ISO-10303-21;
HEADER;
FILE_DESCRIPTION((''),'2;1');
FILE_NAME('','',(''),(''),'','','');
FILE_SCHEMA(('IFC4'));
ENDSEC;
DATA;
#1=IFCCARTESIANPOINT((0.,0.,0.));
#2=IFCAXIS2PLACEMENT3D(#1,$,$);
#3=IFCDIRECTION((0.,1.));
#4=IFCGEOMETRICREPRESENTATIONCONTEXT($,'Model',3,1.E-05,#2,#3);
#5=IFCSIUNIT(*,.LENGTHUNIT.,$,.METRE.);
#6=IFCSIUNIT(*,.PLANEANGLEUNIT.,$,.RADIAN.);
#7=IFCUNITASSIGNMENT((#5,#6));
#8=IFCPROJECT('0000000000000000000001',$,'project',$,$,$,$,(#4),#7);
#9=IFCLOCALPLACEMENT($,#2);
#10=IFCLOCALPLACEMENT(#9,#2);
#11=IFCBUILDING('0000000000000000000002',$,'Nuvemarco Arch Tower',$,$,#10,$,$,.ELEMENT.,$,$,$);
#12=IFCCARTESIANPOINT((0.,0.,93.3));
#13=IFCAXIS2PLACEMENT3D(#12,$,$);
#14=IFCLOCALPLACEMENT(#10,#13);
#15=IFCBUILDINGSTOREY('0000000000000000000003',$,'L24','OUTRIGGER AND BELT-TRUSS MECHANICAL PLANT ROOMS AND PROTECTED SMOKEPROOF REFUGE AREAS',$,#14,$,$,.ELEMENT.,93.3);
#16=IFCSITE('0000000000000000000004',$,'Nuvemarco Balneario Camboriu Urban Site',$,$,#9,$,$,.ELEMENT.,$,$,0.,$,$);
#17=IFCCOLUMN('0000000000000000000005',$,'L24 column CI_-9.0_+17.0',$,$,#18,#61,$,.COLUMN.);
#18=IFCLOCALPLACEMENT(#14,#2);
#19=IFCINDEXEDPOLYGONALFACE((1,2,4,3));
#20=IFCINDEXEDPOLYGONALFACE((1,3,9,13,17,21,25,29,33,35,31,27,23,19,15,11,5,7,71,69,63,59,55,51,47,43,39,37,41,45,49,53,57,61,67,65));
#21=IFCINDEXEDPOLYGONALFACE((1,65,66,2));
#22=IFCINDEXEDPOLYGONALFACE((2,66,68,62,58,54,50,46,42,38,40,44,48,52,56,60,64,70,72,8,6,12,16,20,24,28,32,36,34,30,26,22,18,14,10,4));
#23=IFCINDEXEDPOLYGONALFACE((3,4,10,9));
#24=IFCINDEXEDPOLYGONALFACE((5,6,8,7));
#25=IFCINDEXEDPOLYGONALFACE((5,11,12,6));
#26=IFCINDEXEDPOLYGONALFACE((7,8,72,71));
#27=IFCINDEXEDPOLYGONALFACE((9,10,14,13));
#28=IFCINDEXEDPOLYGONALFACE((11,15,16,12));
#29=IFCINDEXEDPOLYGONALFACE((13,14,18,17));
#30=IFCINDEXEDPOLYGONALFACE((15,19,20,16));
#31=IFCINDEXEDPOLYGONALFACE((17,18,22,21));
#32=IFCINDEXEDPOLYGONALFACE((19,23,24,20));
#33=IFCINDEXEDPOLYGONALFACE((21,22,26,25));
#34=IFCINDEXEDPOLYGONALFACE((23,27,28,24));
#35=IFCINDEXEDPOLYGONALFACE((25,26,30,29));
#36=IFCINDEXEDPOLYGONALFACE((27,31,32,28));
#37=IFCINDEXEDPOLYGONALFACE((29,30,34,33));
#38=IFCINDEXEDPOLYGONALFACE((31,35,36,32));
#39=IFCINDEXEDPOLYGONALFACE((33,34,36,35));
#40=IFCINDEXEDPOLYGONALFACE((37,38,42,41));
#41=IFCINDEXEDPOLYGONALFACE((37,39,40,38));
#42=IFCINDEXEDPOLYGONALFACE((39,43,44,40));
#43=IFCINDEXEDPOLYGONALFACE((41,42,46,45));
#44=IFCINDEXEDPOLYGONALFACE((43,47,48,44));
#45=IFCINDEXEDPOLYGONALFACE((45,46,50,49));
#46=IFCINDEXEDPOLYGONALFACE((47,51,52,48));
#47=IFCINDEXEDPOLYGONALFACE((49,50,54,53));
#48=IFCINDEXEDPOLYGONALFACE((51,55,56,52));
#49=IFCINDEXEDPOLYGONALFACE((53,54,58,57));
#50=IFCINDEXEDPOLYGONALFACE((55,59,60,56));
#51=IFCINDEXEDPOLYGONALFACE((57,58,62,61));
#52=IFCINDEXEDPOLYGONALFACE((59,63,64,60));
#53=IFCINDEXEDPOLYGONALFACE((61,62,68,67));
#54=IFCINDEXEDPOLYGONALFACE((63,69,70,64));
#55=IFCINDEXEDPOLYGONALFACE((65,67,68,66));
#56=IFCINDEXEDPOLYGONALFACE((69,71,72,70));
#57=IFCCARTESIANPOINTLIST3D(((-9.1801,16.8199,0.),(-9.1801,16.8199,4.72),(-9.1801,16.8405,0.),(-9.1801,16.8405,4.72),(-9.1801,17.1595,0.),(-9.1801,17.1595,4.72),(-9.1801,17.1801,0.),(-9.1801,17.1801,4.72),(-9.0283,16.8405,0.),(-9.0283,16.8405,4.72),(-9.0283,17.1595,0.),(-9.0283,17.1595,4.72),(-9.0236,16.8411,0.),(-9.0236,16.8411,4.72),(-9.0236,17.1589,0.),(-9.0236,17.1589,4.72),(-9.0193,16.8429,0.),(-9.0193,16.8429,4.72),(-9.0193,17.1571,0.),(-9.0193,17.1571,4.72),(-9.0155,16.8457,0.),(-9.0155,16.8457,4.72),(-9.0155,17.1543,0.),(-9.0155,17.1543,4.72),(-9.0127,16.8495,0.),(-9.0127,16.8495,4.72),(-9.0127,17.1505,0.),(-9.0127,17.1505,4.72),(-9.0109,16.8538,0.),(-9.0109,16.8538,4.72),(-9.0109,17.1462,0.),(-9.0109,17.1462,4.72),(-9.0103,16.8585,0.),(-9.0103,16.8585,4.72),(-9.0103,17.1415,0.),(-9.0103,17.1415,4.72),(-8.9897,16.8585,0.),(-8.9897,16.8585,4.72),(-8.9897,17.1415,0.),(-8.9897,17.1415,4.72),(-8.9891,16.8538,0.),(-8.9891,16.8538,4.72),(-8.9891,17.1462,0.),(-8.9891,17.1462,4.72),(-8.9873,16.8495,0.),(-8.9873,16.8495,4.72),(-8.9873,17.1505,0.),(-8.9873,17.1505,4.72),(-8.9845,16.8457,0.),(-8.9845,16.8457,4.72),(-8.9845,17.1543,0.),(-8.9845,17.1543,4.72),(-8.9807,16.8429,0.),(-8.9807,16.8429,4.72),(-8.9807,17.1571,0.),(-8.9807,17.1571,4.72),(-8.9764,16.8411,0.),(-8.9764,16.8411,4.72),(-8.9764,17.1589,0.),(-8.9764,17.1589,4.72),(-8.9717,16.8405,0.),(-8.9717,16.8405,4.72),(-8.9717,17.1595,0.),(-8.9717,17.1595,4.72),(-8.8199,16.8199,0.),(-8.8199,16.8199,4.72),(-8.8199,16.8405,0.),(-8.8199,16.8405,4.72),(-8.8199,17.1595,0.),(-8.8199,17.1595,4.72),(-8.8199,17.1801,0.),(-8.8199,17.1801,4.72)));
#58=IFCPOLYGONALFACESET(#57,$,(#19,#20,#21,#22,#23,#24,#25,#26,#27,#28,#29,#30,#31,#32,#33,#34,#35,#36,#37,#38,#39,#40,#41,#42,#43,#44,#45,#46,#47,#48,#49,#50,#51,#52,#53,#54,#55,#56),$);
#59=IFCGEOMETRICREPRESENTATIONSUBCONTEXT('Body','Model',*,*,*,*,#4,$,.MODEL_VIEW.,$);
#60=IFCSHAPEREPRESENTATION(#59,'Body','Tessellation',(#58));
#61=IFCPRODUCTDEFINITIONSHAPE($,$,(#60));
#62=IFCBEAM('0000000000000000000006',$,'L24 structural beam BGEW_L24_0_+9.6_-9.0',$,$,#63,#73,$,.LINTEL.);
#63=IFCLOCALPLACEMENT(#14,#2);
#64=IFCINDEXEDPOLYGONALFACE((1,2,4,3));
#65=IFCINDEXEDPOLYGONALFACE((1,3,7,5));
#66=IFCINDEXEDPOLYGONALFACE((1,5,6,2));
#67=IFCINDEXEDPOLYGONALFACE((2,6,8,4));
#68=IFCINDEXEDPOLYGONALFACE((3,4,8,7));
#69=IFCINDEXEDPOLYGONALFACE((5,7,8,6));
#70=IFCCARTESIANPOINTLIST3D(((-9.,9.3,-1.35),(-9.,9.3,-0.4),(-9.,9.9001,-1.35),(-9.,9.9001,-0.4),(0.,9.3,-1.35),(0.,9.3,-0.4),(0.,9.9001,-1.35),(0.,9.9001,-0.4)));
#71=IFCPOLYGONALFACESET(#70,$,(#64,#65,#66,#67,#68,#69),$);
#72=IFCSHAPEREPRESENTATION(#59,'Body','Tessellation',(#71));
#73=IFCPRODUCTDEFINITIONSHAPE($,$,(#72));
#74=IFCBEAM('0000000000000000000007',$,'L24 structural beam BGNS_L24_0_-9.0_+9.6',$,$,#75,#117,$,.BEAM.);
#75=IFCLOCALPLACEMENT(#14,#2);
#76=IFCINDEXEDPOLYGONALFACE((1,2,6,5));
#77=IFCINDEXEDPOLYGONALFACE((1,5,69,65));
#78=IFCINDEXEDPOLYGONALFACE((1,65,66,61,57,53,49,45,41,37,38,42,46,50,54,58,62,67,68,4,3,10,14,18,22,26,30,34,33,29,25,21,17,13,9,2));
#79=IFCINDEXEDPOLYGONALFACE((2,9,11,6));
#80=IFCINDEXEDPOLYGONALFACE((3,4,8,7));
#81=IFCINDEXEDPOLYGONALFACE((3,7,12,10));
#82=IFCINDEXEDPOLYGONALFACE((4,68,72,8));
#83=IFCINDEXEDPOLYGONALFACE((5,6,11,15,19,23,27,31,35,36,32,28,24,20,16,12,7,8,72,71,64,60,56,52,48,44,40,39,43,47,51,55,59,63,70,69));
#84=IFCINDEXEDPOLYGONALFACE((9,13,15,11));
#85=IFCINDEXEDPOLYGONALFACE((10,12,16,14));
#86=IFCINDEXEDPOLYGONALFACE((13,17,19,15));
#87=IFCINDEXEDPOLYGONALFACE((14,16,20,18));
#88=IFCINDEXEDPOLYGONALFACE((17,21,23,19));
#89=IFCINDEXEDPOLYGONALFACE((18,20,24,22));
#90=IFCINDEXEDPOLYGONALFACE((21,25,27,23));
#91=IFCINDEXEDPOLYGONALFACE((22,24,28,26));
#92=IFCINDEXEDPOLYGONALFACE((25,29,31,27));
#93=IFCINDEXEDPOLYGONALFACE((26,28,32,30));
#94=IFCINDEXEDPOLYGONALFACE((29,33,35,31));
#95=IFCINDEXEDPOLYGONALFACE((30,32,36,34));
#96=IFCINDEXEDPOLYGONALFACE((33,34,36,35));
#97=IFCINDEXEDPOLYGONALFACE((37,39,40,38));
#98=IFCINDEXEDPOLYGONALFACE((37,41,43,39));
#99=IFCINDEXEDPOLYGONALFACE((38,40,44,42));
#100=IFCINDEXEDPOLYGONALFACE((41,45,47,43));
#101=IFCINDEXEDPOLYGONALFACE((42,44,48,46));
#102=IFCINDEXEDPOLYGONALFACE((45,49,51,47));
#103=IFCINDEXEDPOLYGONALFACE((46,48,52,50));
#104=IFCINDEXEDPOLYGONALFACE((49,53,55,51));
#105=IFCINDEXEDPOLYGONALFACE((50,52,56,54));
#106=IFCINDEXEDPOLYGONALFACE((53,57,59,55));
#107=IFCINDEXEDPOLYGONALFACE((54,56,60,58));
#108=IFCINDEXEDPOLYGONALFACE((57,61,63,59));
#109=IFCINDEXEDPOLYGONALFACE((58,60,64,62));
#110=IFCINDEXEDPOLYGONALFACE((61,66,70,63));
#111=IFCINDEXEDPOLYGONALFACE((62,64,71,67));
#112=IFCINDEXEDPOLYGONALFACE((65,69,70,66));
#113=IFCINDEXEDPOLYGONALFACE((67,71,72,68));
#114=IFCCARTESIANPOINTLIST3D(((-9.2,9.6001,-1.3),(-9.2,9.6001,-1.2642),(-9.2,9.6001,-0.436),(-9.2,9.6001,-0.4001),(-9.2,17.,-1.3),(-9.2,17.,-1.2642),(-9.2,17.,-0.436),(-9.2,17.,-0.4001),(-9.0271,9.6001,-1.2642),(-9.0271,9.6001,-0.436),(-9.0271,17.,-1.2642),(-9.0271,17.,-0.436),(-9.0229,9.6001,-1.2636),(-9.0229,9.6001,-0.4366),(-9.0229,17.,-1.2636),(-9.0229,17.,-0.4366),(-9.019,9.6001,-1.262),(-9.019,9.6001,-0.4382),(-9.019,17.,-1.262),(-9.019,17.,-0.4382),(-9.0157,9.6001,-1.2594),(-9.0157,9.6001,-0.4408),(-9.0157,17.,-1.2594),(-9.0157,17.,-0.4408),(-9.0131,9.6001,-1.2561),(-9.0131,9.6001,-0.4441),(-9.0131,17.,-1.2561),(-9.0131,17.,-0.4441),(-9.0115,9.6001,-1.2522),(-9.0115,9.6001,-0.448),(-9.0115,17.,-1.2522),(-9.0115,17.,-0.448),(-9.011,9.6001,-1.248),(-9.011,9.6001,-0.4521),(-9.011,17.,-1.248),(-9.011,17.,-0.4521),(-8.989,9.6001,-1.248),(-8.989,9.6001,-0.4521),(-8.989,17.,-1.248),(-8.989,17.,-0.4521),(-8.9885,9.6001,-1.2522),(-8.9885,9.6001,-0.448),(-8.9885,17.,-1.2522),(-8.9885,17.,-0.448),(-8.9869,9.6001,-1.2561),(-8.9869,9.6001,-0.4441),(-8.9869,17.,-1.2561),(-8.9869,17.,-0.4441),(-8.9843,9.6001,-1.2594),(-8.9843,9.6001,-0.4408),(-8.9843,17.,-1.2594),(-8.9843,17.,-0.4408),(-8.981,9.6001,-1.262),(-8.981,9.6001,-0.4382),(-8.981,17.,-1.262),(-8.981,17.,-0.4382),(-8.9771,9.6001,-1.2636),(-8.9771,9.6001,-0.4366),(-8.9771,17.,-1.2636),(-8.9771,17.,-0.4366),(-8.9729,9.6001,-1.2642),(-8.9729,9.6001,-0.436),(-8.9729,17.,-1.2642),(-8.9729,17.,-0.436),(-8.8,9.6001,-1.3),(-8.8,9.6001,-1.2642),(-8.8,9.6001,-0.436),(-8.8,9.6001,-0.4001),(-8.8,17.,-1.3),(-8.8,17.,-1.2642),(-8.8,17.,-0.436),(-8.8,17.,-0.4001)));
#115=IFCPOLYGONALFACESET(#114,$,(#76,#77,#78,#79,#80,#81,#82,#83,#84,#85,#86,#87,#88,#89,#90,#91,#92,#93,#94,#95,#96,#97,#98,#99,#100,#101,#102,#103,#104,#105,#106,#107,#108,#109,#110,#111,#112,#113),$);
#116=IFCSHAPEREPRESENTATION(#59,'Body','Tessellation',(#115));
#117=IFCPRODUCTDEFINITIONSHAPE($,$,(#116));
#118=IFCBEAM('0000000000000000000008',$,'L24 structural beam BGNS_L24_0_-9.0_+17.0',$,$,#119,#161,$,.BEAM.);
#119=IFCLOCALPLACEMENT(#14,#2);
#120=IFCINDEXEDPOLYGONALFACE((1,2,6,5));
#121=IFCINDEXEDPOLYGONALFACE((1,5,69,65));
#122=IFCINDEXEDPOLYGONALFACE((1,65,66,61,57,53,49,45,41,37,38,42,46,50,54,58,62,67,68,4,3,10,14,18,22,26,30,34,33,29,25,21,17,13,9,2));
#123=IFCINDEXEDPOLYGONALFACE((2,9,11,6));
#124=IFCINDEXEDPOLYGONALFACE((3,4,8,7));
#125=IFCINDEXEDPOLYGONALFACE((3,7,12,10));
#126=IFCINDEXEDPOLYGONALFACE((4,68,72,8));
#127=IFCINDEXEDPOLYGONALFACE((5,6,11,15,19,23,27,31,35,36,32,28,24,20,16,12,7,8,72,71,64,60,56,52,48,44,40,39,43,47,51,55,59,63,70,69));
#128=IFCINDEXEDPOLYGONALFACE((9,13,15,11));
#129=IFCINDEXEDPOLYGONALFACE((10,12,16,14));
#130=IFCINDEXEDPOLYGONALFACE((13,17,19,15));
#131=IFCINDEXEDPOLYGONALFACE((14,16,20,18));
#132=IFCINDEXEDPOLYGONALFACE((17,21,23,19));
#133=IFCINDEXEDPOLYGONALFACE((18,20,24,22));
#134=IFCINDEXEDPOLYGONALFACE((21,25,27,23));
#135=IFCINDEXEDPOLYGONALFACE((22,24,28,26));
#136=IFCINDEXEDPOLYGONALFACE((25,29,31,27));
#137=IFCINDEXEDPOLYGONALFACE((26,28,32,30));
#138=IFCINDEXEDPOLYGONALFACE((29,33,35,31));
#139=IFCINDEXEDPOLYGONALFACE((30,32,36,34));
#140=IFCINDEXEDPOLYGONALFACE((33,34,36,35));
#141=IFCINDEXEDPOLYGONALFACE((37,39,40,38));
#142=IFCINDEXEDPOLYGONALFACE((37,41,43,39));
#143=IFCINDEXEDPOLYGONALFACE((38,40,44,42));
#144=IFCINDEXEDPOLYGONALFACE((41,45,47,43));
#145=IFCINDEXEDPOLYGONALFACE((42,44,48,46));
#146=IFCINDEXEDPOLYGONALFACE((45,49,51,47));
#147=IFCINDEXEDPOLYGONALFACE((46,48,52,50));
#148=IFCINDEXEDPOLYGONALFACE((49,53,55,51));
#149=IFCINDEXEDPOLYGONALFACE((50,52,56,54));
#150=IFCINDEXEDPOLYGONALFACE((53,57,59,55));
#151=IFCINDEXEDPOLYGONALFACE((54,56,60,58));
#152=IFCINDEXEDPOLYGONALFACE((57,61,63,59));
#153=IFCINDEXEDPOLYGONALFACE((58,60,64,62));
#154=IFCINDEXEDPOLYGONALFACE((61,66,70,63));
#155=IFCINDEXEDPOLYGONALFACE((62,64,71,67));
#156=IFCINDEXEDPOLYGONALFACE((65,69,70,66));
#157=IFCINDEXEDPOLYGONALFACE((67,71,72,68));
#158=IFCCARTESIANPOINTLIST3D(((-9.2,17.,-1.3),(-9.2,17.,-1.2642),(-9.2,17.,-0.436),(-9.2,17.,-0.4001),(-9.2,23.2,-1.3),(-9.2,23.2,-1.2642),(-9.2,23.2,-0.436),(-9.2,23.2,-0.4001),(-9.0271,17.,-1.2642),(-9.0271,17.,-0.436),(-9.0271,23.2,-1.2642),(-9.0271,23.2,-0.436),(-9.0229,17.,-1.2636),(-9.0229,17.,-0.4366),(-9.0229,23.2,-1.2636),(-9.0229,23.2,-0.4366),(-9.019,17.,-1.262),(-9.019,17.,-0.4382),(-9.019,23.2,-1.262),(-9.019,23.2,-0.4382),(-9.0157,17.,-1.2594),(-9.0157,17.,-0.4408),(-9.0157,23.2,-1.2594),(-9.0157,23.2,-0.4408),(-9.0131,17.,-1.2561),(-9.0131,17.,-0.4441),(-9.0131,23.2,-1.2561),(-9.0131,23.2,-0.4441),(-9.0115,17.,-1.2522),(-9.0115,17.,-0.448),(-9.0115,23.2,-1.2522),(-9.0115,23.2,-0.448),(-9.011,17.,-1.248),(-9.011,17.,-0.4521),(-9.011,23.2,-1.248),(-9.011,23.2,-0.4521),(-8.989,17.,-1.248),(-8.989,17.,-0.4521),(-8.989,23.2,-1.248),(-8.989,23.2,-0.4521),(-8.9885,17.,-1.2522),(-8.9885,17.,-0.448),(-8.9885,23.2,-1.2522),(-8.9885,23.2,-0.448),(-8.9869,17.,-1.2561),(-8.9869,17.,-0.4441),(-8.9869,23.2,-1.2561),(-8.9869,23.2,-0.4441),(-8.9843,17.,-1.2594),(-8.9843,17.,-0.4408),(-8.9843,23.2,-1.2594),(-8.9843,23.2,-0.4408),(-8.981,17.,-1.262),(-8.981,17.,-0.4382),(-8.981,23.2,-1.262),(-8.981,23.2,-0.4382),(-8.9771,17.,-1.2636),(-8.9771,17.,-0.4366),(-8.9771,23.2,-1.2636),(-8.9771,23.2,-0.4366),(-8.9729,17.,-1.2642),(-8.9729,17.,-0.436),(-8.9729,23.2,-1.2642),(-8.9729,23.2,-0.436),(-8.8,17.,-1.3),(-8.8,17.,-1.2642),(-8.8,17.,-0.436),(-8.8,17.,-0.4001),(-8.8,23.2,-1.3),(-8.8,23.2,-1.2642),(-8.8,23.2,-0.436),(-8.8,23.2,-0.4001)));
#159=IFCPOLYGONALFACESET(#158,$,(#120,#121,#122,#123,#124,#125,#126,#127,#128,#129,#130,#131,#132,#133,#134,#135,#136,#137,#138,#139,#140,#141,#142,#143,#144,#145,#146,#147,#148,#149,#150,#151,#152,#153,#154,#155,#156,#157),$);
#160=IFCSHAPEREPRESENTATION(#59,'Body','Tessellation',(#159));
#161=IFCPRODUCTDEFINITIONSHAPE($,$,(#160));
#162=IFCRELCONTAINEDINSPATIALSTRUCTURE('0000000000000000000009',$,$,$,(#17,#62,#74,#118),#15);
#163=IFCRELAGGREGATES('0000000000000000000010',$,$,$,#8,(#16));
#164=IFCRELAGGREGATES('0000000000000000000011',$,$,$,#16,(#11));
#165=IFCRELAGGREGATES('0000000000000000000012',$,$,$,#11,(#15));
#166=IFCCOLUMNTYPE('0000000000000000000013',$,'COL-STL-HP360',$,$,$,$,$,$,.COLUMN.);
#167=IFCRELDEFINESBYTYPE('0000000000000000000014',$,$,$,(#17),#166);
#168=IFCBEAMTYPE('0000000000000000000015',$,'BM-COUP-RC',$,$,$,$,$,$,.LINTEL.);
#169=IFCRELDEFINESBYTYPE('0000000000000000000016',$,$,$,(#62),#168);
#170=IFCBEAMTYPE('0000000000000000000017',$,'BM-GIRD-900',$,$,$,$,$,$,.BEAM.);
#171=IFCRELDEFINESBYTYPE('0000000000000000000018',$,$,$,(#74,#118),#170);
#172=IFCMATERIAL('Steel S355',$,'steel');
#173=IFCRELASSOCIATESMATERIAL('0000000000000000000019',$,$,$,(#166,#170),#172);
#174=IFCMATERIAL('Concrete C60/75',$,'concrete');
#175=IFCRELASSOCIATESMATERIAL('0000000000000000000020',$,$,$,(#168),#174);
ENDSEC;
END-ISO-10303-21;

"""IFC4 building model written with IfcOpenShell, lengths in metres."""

from ifc_helpers import new_model, si_unit, direction, frame, origin, origin_2d, place, context, subcontext, project, spatial, rectangle, i_section, extrude, material, material_profile, profile_set, type_object, element, save


model = new_model("IFC4")

# Units and contexts
model_context = context("Model", 3, precision=1e-05, world=origin(), true_north=direction((0.0, 1.0)))
body_context = subcontext(model_context, "Body", "Model", "MODEL_VIEW")
ifc_project = project(units=[si_unit("LENGTHUNIT", "METRE"), si_unit("PLANEANGLEUNIT", "RADIAN")], contexts=[model_context])

# Site, building, storey
site_placement = place(None, origin())
site = spatial("IfcSite", under=ifc_project, at=site_placement, Name="Nuvemarco Balneario Camboriu Urban Site", CompositionType="ELEMENT", RefElevation=0.0)
building_placement = place(site_placement, origin())
building = spatial("IfcBuilding", under=site, at=building_placement, Name="Nuvemarco Arch Tower", CompositionType="ELEMENT")
storey_placement = place(building_placement, frame((0.0, 0.0, 93.3)))
storey = spatial("IfcBuildingStorey", under=building, at=storey_placement, Name="L24", Description="OUTRIGGER AND BELT-TRUSS MECHANICAL PLANT ROOMS AND PROTECTED SMOKEPROOF REFUGE AREAS", CompositionType="ELEMENT", Elevation=93.3)

# Column
ifc_material_1 = material(Name="Concrete C60/75", Category="concrete")
ifc_material_2 = material(Name="Steel S355", Category="steel")
ifc_material_profile_1 = material_profile(ifc_material_2, i_section(OverallWidth=0.3601, OverallDepth=0.3601, WebThickness=0.0205, FlangeThickness=0.0205, FilletRadius=0.0181, at=origin_2d()), Name="HP360x174")
ifc_profile_set_1 = profile_set([ifc_material_profile_1], Name="Steel S355")
column_type_1 = type_object("IfcColumnType", Name="COL-STL-HP360", PredefinedType="COLUMN", material=ifc_profile_set_1)
column_1_placement = place(storey_placement, frame((-9.0, 17.0, 0.0), z_axis=(0.0, 0.0, 1.0), x_axis=(1.0, 0.0, 0.0)))
element("IfcColumn", 1, at=column_1_placement, inside=storey, type_object=column_type_1, Name="L24 column CI_-9.0_+17.0", PredefinedType="COLUMN", context=body_context, shape_type="SweptSolid", body=[
    extrude(i_section(OverallWidth=0.3601, OverallDepth=0.3601, WebThickness=0.0205, FlangeThickness=0.0205, FilletRadius=0.0181, at=origin_2d()), origin(), (0.0, 0.0, 1.0), 4.72),
])

# Beams
ifc_material_profile_2 = material_profile(ifc_material_1, rectangle(XDim=0.6001, YDim=0.95, at=origin_2d()), Name="RC-BM-600x950")
ifc_profile_set_2 = profile_set([ifc_material_profile_2], Name="Concrete C60/75")
beam_type_1 = type_object("IfcBeamType", Name="BM-COUP-RC", PredefinedType="LINTEL", material=ifc_profile_set_2)
beam_1_placement = place(storey_placement, frame((-9.0, 9.6001, -0.875), z_axis=(1.0, 0.0, 0.0), x_axis=(0.0, 1.0, 0.0)))
element("IfcBeam", 2, at=beam_1_placement, inside=storey, type_object=beam_type_1, Name="L24 structural beam BGEW_L24_0_+9.6_-9.0", PredefinedType="LINTEL", context=body_context, shape_type="SweptSolid", body=[
    extrude(rectangle(XDim=0.6001, YDim=0.95, at=origin_2d()), origin(), (0.0, 0.0, 1.0), 9.0),
])
ifc_material_profile_3 = material_profile(ifc_material_2, i_section(OverallWidth=0.3999, OverallDepth=0.8999, WebThickness=0.022, FlangeThickness=0.0359, FilletRadius=0.0161, at=origin_2d()), Name="PG900x400")
ifc_profile_set_3 = profile_set([ifc_material_profile_3], Name="Steel S355")
beam_type_2 = type_object("IfcBeamType", Name="BM-GIRD-900", PredefinedType="BEAM", material=ifc_profile_set_3)
beam_2_placement = place(storey_placement, frame((-9.0, 9.6001, -0.8501), z_axis=(0.0, 1.0, 0.0), x_axis=(-1.0, 0.0, 0.0)))
element("IfcBeam", 3, at=beam_2_placement, inside=storey, type_object=beam_type_2, Name="L24 structural beam BGNS_L24_0_-9.0_+9.6", PredefinedType="BEAM", context=body_context, shape_type="SweptSolid", body=[
    extrude(i_section(OverallWidth=0.3999, OverallDepth=0.8999, WebThickness=0.022, FlangeThickness=0.0359, FilletRadius=0.0161, at=origin_2d()), origin(), (0.0, 0.0, 1.0), 7.3999),
])
beam_3_placement = place(storey_placement, frame((-9.0, 17.0, -0.8501), z_axis=(0.0, 1.0, 0.0), x_axis=(-1.0, 0.0, 0.0)))
element("IfcBeam", 4, at=beam_3_placement, inside=storey, type_object=beam_type_2, Name="L24 structural beam BGNS_L24_0_-9.0_+17.0", PredefinedType="BEAM", context=body_context, shape_type="SweptSolid", body=[
    extrude(i_section(OverallWidth=0.3999, OverallDepth=0.8999, WebThickness=0.022, FlangeThickness=0.0359, FilletRadius=0.0161, at=origin_2d()), origin(), (0.0, 0.0, 1.0), 6.2),
])

save(model, "model.ifc")
